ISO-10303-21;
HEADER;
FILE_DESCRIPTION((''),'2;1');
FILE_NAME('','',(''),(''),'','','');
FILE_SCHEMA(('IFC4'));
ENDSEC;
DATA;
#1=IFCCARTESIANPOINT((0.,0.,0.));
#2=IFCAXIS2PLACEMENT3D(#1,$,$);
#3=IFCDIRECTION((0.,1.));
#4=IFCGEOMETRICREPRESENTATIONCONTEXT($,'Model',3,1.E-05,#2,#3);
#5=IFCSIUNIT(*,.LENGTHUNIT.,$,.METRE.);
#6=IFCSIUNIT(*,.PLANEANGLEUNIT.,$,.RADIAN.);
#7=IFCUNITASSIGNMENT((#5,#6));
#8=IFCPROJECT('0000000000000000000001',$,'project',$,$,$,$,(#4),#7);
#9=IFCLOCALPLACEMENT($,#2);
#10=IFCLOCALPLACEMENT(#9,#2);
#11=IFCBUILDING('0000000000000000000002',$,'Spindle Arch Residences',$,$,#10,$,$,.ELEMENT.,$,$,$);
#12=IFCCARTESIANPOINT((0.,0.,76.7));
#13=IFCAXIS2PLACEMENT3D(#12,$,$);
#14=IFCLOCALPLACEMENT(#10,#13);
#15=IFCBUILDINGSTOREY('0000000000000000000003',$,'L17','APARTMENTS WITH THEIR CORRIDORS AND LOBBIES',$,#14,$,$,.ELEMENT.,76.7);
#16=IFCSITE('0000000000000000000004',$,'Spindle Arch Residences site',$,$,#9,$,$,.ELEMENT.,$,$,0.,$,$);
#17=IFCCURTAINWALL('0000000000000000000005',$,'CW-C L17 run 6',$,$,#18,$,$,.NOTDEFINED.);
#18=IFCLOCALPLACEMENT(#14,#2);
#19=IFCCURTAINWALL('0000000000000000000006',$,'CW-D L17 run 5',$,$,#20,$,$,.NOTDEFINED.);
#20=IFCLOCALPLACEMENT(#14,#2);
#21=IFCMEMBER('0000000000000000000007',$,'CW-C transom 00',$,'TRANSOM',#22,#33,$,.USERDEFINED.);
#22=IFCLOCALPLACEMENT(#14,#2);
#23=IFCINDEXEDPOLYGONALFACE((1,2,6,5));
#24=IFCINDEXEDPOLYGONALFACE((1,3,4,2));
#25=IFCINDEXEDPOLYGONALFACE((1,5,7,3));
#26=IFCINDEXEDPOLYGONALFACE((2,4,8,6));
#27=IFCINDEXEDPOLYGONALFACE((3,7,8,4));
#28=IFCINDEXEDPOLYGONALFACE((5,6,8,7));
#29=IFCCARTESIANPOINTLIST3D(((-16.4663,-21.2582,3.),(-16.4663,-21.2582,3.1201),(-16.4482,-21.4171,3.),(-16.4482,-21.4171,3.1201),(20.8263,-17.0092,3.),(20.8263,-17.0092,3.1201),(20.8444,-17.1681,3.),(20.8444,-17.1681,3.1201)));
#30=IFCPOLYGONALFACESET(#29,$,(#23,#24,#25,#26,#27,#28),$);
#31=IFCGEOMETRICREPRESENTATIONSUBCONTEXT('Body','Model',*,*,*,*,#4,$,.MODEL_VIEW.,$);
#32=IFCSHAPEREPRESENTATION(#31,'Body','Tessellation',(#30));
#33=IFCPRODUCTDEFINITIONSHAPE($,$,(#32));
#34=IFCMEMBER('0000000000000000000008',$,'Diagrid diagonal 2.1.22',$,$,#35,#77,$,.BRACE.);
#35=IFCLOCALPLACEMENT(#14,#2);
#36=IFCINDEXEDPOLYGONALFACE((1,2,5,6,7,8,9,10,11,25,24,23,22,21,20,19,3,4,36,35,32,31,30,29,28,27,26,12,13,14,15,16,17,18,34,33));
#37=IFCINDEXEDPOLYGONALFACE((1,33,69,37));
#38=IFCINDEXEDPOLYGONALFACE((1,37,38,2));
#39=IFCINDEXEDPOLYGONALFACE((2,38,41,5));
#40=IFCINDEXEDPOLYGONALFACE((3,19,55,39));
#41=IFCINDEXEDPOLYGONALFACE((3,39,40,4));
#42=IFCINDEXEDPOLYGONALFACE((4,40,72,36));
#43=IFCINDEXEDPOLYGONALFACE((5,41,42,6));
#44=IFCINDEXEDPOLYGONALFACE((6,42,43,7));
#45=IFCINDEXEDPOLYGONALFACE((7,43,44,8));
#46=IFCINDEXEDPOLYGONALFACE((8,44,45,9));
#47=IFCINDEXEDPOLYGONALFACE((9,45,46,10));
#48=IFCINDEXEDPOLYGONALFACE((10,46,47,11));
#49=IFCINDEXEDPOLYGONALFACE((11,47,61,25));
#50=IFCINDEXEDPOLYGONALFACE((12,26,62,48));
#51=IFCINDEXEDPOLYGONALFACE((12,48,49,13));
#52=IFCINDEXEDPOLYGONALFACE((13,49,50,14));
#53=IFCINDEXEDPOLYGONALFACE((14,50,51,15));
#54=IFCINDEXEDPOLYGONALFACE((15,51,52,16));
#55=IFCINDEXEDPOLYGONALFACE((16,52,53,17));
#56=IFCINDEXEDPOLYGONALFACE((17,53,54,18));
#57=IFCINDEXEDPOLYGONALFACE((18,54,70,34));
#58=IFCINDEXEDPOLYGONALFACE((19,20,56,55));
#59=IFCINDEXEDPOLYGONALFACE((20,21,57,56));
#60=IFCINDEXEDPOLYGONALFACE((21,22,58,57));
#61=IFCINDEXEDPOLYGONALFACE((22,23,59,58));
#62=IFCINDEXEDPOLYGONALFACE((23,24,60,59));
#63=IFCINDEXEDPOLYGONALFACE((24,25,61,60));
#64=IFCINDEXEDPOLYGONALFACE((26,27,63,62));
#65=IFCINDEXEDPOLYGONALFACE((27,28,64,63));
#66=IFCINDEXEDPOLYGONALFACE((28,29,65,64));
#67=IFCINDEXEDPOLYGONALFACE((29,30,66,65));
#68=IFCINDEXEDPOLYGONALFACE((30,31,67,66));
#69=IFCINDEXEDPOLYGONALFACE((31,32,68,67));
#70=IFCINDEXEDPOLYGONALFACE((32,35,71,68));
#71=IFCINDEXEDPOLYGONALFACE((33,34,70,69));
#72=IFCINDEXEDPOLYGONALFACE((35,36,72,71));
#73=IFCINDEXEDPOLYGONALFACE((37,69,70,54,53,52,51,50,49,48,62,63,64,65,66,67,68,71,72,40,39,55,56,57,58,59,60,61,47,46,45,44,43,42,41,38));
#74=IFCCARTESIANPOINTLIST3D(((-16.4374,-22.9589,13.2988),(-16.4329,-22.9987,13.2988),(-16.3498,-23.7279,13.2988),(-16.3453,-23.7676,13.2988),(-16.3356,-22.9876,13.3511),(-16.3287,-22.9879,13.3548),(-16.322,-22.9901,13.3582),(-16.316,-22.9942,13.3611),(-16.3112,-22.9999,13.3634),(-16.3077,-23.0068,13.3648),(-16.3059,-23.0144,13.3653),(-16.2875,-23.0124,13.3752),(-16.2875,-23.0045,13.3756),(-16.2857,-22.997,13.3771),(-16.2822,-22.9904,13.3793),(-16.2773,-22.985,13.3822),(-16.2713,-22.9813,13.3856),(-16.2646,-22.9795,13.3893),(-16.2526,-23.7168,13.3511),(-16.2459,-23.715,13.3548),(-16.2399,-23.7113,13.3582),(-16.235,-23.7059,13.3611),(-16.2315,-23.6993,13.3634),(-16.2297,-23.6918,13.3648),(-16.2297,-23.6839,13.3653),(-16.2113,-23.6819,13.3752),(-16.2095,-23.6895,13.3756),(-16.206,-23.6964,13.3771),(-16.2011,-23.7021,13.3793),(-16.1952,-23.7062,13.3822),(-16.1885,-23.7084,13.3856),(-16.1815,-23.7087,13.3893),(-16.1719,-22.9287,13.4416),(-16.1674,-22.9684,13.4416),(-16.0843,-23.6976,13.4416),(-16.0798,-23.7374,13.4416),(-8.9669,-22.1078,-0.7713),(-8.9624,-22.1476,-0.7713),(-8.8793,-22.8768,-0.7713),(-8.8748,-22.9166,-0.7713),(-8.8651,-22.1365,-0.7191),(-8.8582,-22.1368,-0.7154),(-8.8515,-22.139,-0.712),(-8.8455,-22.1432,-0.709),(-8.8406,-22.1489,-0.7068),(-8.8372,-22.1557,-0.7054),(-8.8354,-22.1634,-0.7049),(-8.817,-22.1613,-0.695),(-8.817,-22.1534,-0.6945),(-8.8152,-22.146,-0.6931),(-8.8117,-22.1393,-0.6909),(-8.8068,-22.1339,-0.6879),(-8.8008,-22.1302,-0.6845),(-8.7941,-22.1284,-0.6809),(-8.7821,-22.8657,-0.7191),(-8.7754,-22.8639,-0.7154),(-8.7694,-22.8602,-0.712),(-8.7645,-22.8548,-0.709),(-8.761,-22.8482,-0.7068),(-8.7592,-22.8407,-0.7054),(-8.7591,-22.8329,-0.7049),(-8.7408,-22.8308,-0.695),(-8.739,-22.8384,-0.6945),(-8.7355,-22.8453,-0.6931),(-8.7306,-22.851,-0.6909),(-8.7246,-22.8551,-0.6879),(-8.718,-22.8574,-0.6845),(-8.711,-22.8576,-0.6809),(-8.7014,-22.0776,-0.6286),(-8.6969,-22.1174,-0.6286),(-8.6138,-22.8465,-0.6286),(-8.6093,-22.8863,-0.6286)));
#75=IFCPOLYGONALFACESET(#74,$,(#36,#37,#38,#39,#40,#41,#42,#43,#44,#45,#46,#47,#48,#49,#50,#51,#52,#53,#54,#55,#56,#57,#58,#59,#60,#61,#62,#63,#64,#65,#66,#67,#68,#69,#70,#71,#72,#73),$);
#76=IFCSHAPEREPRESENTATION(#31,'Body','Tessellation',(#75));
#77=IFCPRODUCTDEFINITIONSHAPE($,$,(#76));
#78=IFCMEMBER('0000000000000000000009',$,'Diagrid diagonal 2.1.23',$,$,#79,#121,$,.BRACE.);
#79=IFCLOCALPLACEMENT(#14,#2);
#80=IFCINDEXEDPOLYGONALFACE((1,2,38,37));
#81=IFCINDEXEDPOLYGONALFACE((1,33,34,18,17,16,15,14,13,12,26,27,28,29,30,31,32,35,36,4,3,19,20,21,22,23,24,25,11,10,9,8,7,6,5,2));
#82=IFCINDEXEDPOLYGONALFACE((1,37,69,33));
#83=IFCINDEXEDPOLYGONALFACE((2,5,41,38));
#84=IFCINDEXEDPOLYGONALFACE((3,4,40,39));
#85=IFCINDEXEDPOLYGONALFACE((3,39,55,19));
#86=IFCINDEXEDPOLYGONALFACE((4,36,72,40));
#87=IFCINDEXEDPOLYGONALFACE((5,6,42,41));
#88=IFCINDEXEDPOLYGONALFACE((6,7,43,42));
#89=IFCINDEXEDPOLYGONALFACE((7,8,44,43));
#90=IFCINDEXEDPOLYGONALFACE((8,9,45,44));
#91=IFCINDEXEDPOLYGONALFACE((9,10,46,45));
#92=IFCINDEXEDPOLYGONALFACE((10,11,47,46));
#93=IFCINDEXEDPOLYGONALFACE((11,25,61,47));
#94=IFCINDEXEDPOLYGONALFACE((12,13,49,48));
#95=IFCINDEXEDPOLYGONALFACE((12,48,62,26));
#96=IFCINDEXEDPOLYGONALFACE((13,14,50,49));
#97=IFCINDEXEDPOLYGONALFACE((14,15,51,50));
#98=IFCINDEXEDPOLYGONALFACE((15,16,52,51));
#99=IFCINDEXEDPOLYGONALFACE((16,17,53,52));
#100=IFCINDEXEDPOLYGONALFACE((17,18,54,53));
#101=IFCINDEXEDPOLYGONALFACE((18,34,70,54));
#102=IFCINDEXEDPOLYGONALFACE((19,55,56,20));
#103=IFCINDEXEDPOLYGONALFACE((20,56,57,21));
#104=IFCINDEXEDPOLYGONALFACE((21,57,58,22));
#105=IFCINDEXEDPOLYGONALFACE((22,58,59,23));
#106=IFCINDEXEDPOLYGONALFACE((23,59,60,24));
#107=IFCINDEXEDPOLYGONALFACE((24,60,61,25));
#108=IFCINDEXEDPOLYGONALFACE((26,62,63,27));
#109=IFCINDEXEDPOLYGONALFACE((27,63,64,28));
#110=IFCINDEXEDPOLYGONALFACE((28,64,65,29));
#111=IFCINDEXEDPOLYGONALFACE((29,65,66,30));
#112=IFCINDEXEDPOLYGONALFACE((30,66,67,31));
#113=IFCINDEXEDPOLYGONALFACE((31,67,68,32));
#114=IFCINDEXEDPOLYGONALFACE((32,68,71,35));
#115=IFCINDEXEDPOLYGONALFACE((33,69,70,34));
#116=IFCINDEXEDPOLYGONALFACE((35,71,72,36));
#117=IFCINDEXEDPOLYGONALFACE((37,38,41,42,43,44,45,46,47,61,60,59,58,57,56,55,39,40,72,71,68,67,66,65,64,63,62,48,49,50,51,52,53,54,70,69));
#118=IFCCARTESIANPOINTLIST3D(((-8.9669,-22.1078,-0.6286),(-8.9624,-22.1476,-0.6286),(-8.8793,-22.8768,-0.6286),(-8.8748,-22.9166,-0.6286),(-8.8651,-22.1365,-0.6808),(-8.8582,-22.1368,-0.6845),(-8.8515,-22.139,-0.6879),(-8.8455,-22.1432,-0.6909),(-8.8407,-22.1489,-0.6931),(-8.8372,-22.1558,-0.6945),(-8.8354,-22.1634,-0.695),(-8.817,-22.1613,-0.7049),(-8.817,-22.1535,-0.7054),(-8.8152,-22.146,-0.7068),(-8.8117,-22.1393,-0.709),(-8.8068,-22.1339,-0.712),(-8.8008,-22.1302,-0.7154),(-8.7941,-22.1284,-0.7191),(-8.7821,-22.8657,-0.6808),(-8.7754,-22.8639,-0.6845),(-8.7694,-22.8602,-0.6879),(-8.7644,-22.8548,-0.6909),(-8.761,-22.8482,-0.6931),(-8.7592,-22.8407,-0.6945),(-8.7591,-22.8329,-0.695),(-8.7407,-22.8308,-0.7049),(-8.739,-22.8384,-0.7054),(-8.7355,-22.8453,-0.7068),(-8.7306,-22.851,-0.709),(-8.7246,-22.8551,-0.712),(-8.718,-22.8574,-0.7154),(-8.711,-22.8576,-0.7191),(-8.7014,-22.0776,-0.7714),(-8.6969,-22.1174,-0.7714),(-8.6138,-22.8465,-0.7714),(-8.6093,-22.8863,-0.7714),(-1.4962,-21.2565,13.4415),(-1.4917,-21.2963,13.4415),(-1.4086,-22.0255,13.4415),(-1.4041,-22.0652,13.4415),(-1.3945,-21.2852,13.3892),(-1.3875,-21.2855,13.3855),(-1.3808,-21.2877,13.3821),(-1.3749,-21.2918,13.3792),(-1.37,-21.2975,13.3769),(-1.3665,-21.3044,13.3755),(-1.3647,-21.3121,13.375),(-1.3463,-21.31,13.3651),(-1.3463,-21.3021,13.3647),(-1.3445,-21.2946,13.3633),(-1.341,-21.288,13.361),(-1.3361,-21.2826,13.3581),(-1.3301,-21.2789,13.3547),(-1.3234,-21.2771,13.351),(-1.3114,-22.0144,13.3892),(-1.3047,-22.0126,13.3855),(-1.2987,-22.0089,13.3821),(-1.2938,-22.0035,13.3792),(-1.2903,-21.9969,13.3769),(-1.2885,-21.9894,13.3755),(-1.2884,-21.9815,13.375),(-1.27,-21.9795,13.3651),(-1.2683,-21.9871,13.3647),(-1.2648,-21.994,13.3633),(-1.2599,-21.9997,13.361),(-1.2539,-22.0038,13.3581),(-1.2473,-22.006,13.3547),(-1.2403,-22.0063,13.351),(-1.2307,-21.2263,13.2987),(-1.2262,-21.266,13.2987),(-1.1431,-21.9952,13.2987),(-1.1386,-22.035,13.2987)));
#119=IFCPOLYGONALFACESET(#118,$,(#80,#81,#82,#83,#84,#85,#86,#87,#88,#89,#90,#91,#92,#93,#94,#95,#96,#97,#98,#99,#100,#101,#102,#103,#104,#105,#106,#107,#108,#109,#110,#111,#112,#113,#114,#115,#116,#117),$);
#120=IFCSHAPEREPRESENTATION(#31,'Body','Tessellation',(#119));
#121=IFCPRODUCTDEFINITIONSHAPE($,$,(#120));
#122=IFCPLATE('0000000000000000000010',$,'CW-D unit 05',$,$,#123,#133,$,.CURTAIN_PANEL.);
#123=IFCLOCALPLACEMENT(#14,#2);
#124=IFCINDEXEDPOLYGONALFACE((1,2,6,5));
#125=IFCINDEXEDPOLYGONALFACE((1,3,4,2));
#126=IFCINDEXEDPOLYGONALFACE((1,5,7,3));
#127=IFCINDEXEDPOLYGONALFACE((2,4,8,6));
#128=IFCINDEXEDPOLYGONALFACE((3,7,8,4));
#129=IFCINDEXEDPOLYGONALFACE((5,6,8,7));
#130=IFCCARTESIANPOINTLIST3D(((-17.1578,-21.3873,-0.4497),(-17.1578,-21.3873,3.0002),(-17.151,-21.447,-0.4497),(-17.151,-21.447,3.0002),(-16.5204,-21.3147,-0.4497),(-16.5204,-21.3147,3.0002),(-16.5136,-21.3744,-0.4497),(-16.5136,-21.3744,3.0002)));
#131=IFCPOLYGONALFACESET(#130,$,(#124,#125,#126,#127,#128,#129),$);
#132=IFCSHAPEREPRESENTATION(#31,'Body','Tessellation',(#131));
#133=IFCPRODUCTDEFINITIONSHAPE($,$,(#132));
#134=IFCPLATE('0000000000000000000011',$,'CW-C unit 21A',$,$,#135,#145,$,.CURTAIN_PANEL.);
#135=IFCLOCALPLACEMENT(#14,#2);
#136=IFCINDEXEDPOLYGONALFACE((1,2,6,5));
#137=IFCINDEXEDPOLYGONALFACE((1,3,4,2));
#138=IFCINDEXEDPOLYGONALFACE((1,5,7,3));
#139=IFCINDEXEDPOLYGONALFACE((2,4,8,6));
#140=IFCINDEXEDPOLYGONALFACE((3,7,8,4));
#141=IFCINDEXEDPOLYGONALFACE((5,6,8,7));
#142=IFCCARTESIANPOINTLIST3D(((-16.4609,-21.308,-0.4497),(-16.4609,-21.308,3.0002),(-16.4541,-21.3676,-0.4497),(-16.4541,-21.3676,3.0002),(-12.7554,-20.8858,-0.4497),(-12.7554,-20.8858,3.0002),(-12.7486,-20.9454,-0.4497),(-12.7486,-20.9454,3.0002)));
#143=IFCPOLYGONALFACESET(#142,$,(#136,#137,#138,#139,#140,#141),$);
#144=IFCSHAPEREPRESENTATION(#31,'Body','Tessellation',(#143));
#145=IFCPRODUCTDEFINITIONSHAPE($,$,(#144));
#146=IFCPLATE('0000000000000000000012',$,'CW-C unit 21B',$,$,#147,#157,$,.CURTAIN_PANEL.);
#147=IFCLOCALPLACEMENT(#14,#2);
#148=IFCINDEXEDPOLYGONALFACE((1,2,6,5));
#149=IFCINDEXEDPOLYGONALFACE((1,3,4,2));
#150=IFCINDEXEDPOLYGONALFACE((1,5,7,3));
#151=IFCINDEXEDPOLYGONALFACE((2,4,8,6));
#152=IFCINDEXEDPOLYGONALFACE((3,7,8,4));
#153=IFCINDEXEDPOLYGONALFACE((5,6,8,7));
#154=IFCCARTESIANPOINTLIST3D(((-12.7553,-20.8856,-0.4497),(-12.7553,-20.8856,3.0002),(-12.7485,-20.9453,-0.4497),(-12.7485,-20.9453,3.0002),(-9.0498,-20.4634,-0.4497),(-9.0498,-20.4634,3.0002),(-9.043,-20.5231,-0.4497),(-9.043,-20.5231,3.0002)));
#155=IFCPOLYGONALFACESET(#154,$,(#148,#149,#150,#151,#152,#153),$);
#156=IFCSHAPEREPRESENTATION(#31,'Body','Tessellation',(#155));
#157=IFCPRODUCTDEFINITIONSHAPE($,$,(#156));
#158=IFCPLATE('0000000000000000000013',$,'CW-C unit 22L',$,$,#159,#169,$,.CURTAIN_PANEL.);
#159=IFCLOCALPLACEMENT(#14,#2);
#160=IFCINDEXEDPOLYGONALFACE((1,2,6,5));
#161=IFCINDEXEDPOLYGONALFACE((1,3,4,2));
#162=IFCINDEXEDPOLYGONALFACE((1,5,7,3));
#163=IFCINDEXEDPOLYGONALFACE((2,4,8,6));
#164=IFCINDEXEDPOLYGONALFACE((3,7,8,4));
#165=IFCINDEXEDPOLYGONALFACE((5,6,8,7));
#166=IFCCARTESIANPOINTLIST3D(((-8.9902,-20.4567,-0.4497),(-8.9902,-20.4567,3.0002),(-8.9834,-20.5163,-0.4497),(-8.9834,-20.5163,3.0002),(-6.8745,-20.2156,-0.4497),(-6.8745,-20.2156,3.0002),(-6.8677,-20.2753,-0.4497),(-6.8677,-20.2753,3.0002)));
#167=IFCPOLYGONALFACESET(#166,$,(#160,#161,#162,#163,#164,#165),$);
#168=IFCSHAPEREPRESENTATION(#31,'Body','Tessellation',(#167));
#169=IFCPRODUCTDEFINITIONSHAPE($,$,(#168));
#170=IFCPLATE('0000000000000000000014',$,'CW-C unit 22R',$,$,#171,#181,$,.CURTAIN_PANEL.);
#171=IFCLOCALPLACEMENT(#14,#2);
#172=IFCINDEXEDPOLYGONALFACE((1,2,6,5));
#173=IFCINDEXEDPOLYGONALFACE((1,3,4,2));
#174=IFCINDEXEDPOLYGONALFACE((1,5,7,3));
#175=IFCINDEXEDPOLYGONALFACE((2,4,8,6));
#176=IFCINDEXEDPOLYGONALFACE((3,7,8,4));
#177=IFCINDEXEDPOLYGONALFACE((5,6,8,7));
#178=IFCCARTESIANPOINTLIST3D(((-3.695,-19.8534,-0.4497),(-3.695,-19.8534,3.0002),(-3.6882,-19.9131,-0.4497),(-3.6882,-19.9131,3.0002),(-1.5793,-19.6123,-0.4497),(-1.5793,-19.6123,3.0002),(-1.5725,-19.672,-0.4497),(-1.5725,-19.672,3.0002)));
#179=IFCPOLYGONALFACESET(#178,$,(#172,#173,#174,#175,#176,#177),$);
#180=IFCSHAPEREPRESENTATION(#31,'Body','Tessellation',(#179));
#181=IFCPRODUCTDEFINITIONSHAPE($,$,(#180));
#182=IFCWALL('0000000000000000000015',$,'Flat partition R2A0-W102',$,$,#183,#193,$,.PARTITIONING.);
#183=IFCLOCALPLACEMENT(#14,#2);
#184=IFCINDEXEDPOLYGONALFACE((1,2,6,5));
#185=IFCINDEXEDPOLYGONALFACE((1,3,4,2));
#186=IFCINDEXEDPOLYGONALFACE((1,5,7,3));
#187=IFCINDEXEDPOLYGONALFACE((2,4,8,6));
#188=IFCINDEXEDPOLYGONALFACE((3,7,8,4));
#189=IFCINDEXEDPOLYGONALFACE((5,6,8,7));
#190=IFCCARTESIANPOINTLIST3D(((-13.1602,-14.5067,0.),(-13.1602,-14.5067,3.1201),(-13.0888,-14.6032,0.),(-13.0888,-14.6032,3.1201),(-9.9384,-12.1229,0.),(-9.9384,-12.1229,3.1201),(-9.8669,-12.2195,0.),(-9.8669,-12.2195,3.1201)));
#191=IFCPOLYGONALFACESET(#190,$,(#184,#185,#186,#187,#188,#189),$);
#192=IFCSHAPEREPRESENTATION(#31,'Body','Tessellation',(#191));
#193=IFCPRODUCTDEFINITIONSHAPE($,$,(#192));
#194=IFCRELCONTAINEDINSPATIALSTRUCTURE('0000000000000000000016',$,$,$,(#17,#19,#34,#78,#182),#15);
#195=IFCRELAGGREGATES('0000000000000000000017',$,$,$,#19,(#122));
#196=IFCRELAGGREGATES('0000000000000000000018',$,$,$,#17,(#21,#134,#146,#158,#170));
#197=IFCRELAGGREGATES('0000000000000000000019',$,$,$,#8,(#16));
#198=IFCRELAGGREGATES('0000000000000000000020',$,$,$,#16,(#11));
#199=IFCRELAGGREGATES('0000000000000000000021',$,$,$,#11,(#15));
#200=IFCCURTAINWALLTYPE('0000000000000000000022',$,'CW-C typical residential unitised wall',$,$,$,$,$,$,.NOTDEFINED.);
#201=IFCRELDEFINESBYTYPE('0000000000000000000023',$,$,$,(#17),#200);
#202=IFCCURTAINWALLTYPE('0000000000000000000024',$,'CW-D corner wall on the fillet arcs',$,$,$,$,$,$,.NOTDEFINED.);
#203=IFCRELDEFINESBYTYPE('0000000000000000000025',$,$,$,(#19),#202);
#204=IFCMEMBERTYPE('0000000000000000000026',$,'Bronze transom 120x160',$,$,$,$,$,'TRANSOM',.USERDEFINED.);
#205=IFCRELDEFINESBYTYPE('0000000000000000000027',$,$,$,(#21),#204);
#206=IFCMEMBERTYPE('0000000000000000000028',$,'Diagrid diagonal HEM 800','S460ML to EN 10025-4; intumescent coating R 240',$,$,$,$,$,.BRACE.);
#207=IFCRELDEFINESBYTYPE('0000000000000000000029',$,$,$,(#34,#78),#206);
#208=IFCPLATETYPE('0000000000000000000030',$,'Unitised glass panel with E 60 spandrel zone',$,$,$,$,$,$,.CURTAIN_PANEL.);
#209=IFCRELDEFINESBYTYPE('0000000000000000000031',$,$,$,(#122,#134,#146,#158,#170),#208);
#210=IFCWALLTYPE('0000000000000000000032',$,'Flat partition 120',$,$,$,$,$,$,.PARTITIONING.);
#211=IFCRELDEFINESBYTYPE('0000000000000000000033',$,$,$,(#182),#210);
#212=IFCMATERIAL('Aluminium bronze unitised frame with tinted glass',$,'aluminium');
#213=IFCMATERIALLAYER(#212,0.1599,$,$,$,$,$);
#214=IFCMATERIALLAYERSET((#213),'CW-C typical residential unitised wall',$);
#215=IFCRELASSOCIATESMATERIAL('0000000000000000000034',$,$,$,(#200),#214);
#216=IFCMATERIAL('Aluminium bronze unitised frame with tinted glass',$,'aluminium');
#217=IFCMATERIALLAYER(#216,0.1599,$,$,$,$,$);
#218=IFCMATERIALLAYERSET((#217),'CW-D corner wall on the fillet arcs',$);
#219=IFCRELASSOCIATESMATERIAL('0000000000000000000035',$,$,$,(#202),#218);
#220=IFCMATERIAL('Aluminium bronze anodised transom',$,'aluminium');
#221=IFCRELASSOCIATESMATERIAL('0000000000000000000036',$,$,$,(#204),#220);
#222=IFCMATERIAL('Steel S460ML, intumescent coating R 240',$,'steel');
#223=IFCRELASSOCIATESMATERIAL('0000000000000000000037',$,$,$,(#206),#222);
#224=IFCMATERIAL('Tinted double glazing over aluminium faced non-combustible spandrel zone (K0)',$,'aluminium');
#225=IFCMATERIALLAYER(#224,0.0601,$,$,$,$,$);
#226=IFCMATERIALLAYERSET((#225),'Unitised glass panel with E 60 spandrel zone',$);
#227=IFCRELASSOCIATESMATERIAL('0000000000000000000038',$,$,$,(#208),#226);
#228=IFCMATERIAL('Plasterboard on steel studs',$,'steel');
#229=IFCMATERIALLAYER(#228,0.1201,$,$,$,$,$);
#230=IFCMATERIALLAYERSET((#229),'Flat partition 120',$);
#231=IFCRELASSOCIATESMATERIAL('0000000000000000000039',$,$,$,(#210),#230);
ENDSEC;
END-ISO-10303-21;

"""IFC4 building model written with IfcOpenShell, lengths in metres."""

from ifc_helpers import new_model, si_unit, direction, frame, frame_2d, origin, origin_2d, place, context, subcontext, project, spatial, rectangle, i_section, extrude, material, layer, layer_set, material_profile, profile_set, type_object, element, aggregate, save


model = new_model("IFC4")

# Units and contexts
model_context = context("Model", 3, precision=1e-05, world=origin(), true_north=direction((0.0, 1.0)))
body_context = subcontext(model_context, "Body", "Model", "MODEL_VIEW")
ifc_project = project(units=[si_unit("LENGTHUNIT", "METRE"), si_unit("PLANEANGLEUNIT", "RADIAN")], contexts=[model_context])

# Site, building, storey
site_placement = place(None, origin())
site = spatial("IfcSite", under=ifc_project, at=site_placement, Name="Spindle Arch Residences site", CompositionType="ELEMENT", RefElevation=0.0)
building_placement = place(site_placement, origin())
building = spatial("IfcBuilding", under=site, at=building_placement, Name="Spindle Arch Residences", CompositionType="ELEMENT")
storey_placement = place(building_placement, frame((0.0, 0.0, 76.7)))
storey = spatial("IfcBuildingStorey", under=building, at=storey_placement, Name="L17", Description="APARTMENTS WITH THEIR CORRIDORS AND LOBBIES", CompositionType="ELEMENT", Elevation=76.7)

# Curtain wall
ifc_material_1 = material(Name="Aluminium bronze unitised frame with tinted glass", Category="aluminium")
ifc_layer_1 = layer(ifc_material_1, 0.1599)
ifc_layer_set_1 = layer_set([ifc_layer_1], Name="CW-C typical residential unitised wall")
curtain_wall_type_1 = type_object("IfcCurtainWallType", Name="CW-C typical residential unitised wall", PredefinedType="NOTDEFINED", material=ifc_layer_set_1)
curtain_wall_1_placement = place(storey_placement, origin())
curtain_wall_1 = element("IfcCurtainWall", 1, at=curtain_wall_1_placement, inside=storey, type_object=curtain_wall_type_1, Name="CW-C L17 run 6", PredefinedType="NOTDEFINED")

# Curtain wall
ifc_material_2 = material(Name="Aluminium bronze unitised frame with tinted glass", Category="aluminium")
ifc_layer_2 = layer(ifc_material_2, 0.1599)
ifc_layer_set_2 = layer_set([ifc_layer_2], Name="CW-D corner wall on the fillet arcs")
curtain_wall_type_2 = type_object("IfcCurtainWallType", Name="CW-D corner wall on the fillet arcs", PredefinedType="NOTDEFINED", material=ifc_layer_set_2)
curtain_wall_2_placement = place(storey_placement, origin())
curtain_wall_2 = element("IfcCurtainWall", 2, at=curtain_wall_2_placement, inside=storey, type_object=curtain_wall_type_2, Name="CW-D L17 run 5", PredefinedType="NOTDEFINED")
ifc_material_3 = material(Name="Aluminium bronze anodised transom", Category="aluminium")
ifc_material_profile_1 = material_profile(ifc_material_3, rectangle(XDim=0.1599, YDim=0.1201, at=origin_2d()), Name="TR 120x160")
ifc_profile_set_1 = profile_set([ifc_material_profile_1], Name="Aluminium bronze anodised transom")
member_type_1 = type_object("IfcMemberType", Name="Bronze transom 120x160", ElementType="TRANSOM", PredefinedType="USERDEFINED", material=ifc_profile_set_1)

# Member
member_1_placement = place(storey_placement, frame((-16.4573, -21.3376, 3.0601), z_axis=(0.993572, 0.113205, 0.0), x_axis=(-0.113205, 0.993572, 0.0)))
member_1 = element("IfcMember", 3, at=member_1_placement, type_object=member_type_1, Name="CW-C transom 00", ObjectType="TRANSOM", PredefinedType="USERDEFINED", context=body_context, shape_type="SweptSolid", body=[
    extrude(rectangle(XDim=0.1599, YDim=0.1201, at=origin_2d()), origin(), (0.0, 0.0, 1.0), 37.5339),
])

# Members
ifc_material_4 = material(Name="Steel S460ML, intumescent coating R 240", Category="steel")
ifc_material_profile_2 = material_profile(ifc_material_4, i_section(OverallWidth=0.303, OverallDepth=0.814, WebThickness=0.021, FlangeThickness=0.04, FilletRadius=0.03, at=origin_2d()), Name="HEM 800")
ifc_profile_set_2 = profile_set([ifc_material_profile_2], Name="Steel S460ML, intumescent coating R 240")
member_type_2 = type_object("IfcMemberType", Name="Diagrid diagonal HEM 800", Description="S460ML to EN 10025-4; intumescent coating R 240", PredefinedType="BRACE", material=ifc_profile_set_2)
for number, where, z_axis, x_axis, name in (
    (4, (-8.7881, -22.4971, -0.7), (-0.468279, -0.053349, 0.881969), (0.8763, 0.099833, 0.471308), "Diagrid diagonal 2.1.22"),
    (5, (-8.7881, -22.4971, -0.7), (0.46829, 0.053364, 0.881962), (-0.876291, -0.099857, 0.471321), "Diagrid diagonal 2.1.23"),
):
    element("IfcMember", number, at=place(storey_placement, frame(where, z_axis=z_axis, x_axis=x_axis)), inside=storey, type_object=member_type_2, Name=name, PredefinedType="BRACE", context=body_context, shape_type="SweptSolid", body=[
        extrude(i_section(OverallWidth=0.303, OverallDepth=0.814, WebThickness=0.021, FlangeThickness=0.04, FilletRadius=0.03, at=origin_2d()), origin(), (0.0, 0.0, 1.0), 15.9531),
    ])

# Plates
ifc_material_5 = material(Name="Tinted double glazing over aluminium faced non-combustible spandrel zone (K0)", Category="aluminium")
ifc_layer_3 = layer(ifc_material_5, 0.0601)
ifc_layer_set_3 = layer_set([ifc_layer_3], Name="Unitised glass panel with E 60 spandrel zone")
plate_type = type_object("IfcPlateType", Name="Unitised glass panel with E 60 spandrel zone", PredefinedType="CURTAIN_PANEL", material=ifc_layer_set_3)
plate_1_placement = place(storey_placement, frame((-16.8357, -21.3809, -0.4497), z_axis=(0.0, 0.0, 1.0), x_axis=(0.993572, 0.113203, 0.0)))
plate_1 = element("IfcPlate", 6, at=plate_1_placement, type_object=plate_type, Name="CW-D unit 05", PredefinedType="CURTAIN_PANEL", context=body_context, shape_type="SweptSolid", body=[
    extrude(rectangle(XDim=0.6416, YDim=0.0601, at=origin_2d()), origin(), (0.0, 0.0, 1.0), 3.45),
])
aggregate(curtain_wall_2, [plate_1])
plate_2_placement = place(storey_placement, frame((-14.6047, -21.1267, -0.4497), z_axis=(0.0, 0.0, 1.0), x_axis=(0.993572, 0.113203, 0.0)))
plate_2 = element("IfcPlate", 7, at=plate_2_placement, type_object=plate_type, Name="CW-C unit 21A", PredefinedType="CURTAIN_PANEL", context=body_context, shape_type="SweptSolid", body=[
    extrude(rectangle(XDim=3.7295, YDim=0.0601, at=origin_2d()), origin(), (0.0, 0.0, 1.0), 3.45),
])
plate_3_placement = place(storey_placement, frame((-10.8992, -20.7043, -0.4497), z_axis=(0.0, 0.0, 1.0), x_axis=(0.993572, 0.113203, 0.0)))
plate_3 = element("IfcPlate", 8, at=plate_3_placement, type_object=plate_type, Name="CW-C unit 21B", PredefinedType="CURTAIN_PANEL", context=body_context, shape_type="SweptSolid", body=[
    extrude(rectangle(XDim=3.7295, YDim=0.0601, at=origin_2d()), origin(), (0.0, 0.0, 1.0), 3.45),
])
plate_4_placement = place(storey_placement, frame((-7.929, -20.366, -0.4497), z_axis=(0.0, 0.0, 1.0), x_axis=(0.993572, 0.113203, 0.0)))
plate_4 = element("IfcPlate", 9, at=plate_4_placement, type_object=plate_type, Name="CW-C unit 22L", PredefinedType="CURTAIN_PANEL", context=body_context, shape_type="SweptSolid", body=[
    extrude(rectangle(XDim=2.1294, YDim=0.0601, at=origin_2d()), origin(), (0.0, 0.0, 1.0), 3.45),
])
plate_5_placement = place(storey_placement, frame((-2.6338, -19.7627, -0.4497), z_axis=(0.0, 0.0, 1.0), x_axis=(0.993572, 0.113203, 0.0)))
plate_5 = element("IfcPlate", 10, at=plate_5_placement, type_object=plate_type, Name="CW-C unit 22R", PredefinedType="CURTAIN_PANEL", context=body_context, shape_type="SweptSolid", body=[
    extrude(rectangle(XDim=2.1294, YDim=0.0601, at=origin_2d()), origin(), (0.0, 0.0, 1.0), 3.45),
])
aggregate(curtain_wall_1, [member_1, plate_2, plate_3, plate_4, plate_5])

# Wall
ifc_material_6 = material(Name="Plasterboard on steel studs", Category="steel")
ifc_layer_4 = layer(ifc_material_6, 0.1201)
ifc_layer_set_4 = layer_set([ifc_layer_4], Name="Flat partition 120")
wall_type_1 = type_object("IfcWallType", Name="Flat partition 120", PredefinedType="PARTITIONING", material=ifc_layer_set_4)
wall_1_placement = place(storey_placement, frame((-13.1245, -14.5549, 0.0), z_axis=(0.0, 0.0, 1.0), x_axis=(0.803894, 0.594773, 0.0)))
element("IfcWall", 11, at=wall_1_placement, inside=storey, type_object=wall_type_1, Name="Flat partition R2A0-W102", PredefinedType="PARTITIONING", context=body_context, shape_type="SweptSolid", body=[
    extrude(rectangle(XDim=4.0078, YDim=0.1201, at=frame_2d((2.0039, 0.0))), origin(), (0.0, 0.0, 1.0), 3.1201),
])

save(model, "model.ifc")
